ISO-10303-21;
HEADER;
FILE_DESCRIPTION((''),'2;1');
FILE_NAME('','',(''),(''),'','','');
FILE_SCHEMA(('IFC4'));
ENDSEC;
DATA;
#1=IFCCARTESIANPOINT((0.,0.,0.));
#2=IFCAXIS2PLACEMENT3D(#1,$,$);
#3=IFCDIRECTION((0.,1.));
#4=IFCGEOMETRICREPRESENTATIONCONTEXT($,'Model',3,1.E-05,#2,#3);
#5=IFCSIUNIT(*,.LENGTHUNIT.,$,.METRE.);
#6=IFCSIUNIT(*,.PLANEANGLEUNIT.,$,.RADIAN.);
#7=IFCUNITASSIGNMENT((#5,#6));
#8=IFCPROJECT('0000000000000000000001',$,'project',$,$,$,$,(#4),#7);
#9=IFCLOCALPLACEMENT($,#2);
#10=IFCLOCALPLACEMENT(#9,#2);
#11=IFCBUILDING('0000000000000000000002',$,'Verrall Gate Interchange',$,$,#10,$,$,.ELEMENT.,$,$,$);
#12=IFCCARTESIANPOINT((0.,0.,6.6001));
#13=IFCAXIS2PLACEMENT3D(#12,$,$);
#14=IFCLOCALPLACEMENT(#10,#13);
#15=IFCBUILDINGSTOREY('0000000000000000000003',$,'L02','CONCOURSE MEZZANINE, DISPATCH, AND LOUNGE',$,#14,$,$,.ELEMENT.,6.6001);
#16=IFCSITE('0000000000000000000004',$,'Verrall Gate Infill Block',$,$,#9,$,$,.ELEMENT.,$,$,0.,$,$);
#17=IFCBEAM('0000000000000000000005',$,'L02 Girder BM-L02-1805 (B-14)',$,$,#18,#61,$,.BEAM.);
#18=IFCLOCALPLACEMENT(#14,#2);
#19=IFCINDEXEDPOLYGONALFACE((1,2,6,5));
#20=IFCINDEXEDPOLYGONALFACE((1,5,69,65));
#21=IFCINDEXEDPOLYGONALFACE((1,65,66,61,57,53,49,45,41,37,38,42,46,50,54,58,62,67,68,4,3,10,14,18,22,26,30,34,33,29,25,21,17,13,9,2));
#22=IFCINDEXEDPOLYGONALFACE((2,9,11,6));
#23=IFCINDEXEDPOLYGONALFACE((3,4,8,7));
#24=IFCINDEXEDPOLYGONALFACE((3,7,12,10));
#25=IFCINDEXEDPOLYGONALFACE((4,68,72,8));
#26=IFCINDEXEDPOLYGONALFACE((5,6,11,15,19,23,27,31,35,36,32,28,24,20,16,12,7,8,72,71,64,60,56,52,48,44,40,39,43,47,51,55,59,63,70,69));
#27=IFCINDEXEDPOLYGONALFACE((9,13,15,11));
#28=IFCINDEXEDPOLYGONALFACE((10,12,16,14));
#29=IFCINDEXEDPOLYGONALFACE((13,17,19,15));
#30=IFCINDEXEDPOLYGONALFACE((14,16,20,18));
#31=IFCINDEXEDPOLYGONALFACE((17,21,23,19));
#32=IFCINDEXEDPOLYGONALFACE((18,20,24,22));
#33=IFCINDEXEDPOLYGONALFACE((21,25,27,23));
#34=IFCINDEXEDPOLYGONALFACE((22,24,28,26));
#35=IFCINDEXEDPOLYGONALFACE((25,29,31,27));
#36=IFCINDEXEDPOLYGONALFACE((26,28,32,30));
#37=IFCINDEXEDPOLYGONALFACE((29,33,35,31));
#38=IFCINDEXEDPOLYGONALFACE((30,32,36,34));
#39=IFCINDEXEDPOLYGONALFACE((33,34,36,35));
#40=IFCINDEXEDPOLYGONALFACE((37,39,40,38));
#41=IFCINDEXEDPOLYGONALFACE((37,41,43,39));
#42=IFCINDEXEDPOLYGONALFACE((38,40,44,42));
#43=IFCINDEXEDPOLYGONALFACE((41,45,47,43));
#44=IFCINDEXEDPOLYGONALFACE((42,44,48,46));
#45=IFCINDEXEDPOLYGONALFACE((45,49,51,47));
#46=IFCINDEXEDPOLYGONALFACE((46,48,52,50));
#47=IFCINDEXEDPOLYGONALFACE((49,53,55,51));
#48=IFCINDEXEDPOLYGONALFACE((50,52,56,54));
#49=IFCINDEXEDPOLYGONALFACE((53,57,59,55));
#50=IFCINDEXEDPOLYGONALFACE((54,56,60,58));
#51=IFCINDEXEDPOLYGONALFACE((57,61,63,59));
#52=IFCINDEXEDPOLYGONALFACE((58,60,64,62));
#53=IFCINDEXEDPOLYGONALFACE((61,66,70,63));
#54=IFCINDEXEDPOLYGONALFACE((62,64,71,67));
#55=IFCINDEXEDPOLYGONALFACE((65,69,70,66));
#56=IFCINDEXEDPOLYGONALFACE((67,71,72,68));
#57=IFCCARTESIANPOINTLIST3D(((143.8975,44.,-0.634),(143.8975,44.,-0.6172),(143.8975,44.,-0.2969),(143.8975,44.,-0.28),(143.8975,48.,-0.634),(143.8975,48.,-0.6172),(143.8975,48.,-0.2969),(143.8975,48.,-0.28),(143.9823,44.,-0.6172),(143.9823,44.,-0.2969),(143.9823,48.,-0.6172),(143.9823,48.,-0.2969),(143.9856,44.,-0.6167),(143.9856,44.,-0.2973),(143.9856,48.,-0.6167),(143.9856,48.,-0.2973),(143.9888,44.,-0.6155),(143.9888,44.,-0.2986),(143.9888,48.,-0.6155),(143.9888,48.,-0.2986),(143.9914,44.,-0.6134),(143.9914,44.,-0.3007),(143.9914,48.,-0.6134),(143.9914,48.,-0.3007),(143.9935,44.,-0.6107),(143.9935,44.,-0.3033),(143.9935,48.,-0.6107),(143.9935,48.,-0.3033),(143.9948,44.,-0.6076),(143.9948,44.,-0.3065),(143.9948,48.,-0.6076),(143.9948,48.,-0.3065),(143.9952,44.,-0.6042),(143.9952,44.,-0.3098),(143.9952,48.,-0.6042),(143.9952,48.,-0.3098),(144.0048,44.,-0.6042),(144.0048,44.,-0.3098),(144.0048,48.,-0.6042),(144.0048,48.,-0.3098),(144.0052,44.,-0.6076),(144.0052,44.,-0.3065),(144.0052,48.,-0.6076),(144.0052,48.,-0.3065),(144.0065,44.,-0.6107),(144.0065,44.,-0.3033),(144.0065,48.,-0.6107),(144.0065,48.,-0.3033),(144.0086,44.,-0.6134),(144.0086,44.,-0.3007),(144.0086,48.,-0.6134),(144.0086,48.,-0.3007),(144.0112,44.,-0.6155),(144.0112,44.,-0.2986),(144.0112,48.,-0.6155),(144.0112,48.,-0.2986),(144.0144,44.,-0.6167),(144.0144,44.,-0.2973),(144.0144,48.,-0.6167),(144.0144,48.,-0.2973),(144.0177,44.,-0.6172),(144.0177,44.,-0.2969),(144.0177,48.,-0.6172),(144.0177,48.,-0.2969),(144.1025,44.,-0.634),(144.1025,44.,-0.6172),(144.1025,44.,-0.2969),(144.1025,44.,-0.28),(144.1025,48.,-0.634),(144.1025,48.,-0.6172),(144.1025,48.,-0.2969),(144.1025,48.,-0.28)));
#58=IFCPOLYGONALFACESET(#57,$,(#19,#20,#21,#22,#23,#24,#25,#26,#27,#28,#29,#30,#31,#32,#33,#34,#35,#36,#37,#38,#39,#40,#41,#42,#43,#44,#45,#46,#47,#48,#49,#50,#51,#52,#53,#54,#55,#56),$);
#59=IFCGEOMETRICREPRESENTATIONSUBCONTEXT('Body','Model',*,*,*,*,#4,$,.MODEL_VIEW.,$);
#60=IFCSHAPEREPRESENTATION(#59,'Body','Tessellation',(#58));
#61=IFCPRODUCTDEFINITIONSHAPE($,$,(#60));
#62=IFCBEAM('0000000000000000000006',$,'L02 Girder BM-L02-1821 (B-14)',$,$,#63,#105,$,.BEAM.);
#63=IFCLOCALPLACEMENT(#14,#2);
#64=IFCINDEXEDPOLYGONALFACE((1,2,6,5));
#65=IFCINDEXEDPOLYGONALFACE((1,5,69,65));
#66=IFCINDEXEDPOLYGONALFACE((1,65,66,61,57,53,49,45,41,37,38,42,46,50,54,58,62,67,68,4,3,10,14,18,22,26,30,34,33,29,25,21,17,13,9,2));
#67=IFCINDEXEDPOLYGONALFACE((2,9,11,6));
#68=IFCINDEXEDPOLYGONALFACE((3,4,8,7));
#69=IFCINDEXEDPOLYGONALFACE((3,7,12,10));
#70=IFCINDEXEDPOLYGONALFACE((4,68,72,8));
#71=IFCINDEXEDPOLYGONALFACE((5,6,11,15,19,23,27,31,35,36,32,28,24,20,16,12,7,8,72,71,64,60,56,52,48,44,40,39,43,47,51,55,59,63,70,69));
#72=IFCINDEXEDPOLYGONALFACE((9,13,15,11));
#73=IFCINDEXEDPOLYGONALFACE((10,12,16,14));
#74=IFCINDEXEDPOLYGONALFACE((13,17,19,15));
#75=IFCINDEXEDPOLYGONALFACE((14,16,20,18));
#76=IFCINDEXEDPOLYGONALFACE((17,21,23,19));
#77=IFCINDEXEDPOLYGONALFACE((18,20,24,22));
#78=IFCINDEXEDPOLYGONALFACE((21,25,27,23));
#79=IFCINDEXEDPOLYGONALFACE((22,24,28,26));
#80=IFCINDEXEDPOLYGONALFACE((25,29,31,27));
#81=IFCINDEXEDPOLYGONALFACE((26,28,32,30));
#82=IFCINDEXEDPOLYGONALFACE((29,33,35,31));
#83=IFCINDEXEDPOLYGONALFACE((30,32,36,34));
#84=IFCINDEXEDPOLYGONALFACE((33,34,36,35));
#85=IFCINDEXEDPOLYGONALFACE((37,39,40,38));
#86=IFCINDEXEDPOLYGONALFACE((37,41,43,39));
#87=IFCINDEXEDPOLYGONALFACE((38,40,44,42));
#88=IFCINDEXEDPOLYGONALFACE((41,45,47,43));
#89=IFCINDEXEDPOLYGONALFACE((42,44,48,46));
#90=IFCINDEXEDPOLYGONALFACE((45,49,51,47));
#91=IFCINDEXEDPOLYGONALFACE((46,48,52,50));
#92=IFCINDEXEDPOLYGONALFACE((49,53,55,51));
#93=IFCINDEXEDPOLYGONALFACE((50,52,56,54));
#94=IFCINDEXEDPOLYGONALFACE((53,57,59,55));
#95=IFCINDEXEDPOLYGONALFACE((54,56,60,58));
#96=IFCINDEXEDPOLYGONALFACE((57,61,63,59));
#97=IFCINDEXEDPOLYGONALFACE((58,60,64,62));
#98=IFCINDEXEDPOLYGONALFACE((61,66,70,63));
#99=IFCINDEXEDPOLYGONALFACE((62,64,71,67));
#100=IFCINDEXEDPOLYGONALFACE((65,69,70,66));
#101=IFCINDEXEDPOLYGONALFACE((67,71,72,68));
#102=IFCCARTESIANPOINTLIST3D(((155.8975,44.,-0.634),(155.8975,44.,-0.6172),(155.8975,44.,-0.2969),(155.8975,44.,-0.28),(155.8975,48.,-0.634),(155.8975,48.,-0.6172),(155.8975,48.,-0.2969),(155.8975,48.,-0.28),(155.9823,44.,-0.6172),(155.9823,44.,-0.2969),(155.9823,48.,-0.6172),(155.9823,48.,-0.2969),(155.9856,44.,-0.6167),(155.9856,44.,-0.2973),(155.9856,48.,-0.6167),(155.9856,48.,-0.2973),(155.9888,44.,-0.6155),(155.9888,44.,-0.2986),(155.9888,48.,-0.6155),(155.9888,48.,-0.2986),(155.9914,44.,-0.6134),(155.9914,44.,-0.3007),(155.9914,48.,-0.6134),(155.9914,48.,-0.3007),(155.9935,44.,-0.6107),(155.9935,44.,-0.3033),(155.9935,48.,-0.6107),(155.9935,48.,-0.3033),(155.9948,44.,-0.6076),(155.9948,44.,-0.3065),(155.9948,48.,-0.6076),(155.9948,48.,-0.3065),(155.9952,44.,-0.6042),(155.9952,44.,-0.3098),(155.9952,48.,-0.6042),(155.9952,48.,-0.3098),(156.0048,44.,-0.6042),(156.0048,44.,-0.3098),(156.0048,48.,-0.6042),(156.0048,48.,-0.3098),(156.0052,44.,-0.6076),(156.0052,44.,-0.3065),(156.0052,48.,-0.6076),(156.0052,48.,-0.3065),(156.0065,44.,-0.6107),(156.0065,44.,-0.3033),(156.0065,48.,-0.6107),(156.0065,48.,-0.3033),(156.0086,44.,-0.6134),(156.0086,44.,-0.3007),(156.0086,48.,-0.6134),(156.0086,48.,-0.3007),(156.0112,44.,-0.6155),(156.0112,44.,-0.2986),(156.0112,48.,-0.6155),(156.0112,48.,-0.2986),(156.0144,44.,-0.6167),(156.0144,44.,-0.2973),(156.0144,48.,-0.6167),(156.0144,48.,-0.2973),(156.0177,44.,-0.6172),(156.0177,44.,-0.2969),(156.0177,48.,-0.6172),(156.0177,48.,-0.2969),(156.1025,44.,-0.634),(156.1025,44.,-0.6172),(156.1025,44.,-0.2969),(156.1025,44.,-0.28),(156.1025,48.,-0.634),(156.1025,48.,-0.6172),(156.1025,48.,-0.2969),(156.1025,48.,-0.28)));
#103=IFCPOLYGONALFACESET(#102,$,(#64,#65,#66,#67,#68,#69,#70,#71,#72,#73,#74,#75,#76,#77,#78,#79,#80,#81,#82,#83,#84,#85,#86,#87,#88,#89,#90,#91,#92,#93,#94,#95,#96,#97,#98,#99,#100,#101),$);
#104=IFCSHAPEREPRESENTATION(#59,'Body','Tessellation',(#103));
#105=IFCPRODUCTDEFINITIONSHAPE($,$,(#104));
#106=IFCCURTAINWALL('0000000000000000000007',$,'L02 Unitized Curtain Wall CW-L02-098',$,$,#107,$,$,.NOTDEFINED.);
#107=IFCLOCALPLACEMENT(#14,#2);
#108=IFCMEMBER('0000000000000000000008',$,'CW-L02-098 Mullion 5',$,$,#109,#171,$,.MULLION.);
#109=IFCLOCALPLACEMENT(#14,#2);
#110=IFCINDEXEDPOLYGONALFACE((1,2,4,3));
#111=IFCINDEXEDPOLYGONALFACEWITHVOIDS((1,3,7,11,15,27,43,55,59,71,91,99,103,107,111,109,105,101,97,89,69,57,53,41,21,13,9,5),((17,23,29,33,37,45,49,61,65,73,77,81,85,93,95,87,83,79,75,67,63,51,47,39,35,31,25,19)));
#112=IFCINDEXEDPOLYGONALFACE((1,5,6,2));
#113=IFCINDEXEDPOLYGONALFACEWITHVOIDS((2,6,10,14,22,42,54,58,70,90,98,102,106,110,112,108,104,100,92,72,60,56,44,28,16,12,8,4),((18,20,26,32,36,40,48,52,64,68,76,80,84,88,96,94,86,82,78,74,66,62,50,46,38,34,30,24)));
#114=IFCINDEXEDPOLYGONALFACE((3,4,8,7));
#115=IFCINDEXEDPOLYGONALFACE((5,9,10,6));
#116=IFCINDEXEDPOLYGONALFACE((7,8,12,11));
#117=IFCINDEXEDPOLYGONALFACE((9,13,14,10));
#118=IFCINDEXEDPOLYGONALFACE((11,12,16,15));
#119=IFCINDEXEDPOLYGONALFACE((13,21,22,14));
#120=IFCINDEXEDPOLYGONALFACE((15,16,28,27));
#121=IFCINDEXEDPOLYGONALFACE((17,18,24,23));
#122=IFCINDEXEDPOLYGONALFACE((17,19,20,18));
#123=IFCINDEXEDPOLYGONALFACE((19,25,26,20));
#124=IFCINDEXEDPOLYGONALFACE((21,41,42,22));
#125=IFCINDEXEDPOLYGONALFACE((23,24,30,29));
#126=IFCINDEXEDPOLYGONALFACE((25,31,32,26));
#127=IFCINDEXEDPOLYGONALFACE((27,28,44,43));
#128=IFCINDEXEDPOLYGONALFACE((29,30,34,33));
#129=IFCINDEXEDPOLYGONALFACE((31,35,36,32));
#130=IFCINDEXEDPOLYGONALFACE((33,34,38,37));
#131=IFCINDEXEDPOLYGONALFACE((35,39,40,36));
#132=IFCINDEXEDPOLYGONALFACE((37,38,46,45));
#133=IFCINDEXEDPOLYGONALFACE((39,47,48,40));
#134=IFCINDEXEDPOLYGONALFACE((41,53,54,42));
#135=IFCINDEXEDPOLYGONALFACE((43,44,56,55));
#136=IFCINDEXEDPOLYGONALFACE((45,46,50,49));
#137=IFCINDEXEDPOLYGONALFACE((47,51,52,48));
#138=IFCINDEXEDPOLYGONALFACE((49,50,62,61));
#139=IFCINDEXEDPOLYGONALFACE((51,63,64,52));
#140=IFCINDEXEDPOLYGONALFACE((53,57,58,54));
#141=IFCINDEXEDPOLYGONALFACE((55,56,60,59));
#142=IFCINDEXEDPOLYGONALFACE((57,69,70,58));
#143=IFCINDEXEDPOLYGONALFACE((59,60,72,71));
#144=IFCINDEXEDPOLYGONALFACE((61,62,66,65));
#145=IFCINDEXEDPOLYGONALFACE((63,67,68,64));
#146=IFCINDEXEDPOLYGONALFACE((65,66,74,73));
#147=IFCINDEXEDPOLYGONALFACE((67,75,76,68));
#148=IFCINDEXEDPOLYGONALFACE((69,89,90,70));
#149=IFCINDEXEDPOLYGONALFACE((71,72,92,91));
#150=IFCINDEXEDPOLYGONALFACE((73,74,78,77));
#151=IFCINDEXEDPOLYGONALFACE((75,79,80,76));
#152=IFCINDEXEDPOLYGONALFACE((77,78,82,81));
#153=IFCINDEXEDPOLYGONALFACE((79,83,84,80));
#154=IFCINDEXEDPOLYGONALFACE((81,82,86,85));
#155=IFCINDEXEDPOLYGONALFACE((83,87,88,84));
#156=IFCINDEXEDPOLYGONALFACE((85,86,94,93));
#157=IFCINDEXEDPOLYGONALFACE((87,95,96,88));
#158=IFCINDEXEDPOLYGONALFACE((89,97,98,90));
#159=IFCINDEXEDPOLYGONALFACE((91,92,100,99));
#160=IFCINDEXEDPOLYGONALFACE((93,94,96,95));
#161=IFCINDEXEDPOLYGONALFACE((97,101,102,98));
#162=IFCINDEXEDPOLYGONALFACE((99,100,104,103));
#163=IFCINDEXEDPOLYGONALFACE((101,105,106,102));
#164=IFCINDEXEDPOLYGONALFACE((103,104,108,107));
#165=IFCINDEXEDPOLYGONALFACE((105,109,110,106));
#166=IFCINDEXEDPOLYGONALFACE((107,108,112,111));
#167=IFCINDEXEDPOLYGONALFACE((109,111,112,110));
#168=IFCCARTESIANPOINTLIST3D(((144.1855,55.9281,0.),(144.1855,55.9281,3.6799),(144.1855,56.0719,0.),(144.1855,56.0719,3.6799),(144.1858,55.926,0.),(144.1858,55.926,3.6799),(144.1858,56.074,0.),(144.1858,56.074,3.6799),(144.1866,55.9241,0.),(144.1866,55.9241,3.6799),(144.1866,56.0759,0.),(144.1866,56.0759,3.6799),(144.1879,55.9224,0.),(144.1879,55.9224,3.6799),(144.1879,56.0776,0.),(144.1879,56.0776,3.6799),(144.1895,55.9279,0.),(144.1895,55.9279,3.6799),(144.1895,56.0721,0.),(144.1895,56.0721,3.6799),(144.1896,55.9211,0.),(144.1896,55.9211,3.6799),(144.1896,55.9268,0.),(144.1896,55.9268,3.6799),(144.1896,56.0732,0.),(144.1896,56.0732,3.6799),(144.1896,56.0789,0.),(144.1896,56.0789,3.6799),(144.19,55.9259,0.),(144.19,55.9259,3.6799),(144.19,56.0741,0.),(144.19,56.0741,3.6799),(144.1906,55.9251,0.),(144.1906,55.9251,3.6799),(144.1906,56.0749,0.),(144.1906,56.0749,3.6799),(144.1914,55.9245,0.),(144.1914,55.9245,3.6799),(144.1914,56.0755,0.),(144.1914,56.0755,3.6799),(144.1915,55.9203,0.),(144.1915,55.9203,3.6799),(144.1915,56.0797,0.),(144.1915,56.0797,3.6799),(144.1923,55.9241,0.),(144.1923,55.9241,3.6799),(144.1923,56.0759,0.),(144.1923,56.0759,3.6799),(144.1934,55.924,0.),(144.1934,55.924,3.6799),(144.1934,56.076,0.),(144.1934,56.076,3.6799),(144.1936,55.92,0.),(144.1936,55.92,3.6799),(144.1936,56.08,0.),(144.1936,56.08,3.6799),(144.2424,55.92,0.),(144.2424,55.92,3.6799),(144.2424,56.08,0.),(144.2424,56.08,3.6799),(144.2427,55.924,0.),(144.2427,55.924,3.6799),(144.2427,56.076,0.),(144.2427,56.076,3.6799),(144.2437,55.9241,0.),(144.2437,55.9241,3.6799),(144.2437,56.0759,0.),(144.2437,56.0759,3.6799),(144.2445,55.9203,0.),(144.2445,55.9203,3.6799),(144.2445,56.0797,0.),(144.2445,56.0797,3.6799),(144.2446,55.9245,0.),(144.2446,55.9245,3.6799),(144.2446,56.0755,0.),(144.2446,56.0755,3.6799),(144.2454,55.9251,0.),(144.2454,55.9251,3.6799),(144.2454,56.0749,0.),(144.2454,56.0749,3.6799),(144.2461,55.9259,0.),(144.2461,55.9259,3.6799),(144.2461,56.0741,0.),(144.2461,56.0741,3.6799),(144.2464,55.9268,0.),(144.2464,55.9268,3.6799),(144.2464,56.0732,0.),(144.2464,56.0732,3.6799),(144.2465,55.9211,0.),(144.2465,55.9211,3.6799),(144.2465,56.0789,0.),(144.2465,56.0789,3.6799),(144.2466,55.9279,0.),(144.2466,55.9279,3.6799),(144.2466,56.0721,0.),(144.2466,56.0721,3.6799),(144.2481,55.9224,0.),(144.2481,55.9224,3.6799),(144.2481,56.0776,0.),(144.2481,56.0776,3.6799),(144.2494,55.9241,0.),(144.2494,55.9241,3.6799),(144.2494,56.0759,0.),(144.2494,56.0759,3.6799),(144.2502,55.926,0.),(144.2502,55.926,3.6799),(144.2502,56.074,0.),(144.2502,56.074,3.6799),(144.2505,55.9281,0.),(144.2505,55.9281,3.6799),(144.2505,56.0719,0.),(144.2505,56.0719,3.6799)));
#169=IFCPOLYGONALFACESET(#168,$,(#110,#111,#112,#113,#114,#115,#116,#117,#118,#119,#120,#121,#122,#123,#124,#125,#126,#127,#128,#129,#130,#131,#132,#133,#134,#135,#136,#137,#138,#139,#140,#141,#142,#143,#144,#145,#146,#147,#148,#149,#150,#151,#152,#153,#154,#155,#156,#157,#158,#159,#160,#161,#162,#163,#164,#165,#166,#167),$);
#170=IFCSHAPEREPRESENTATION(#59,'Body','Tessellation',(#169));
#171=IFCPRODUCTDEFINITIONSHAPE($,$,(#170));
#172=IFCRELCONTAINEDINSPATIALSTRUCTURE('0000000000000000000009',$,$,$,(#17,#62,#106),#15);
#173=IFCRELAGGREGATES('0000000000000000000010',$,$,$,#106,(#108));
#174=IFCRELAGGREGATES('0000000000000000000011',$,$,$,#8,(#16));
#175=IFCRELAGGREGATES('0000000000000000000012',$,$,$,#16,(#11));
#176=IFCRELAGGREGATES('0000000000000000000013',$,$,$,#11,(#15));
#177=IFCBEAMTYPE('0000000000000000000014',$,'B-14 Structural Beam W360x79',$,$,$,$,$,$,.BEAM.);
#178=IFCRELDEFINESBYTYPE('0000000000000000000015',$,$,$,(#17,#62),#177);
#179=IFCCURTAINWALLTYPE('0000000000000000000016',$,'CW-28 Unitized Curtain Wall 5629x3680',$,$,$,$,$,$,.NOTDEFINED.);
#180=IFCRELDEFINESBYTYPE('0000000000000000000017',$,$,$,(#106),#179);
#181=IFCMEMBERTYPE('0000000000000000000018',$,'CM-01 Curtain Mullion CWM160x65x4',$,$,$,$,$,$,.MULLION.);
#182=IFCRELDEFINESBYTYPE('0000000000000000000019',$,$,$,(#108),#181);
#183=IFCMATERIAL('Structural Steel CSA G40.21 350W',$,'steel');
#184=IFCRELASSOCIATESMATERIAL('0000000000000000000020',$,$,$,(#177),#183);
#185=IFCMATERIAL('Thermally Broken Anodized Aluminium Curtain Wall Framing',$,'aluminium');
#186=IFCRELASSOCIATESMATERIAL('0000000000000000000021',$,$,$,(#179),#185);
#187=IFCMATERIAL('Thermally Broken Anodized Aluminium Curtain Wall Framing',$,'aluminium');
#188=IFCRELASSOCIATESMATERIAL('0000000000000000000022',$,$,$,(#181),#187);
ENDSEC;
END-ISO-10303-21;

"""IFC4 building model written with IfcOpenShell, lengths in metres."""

from ifc_helpers import new_model, si_unit, direction, frame, origin, origin_2d, place, context, subcontext, project, spatial, hollow_rectangle, i_section, extrude, material, material_profile, profile_set, type_object, element, aggregate, save


model = new_model("IFC4")

# Units and contexts
model_context = context("Model", 3, precision=1e-05, world=origin(), true_north=direction((0.0, 1.0)))
body_context = subcontext(model_context, "Body", "Model", "MODEL_VIEW")
ifc_project = project(units=[si_unit("LENGTHUNIT", "METRE"), si_unit("PLANEANGLEUNIT", "RADIAN")], contexts=[model_context])

# Site, building, storey
site_placement = place(None, origin())
site = spatial("IfcSite", under=ifc_project, at=site_placement, Name="Verrall Gate Infill Block", CompositionType="ELEMENT", RefElevation=0.0)
building_placement = place(site_placement, origin())
building = spatial("IfcBuilding", under=site, at=building_placement, Name="Verrall Gate Interchange", CompositionType="ELEMENT")
storey_placement = place(building_placement, frame((0.0, 0.0, 6.6001)))
storey = spatial("IfcBuildingStorey", under=building, at=storey_placement, Name="L02", Description="CONCOURSE MEZZANINE, DISPATCH, AND LOUNGE", CompositionType="ELEMENT", Elevation=6.6001)

# Beams
ifc_material_1 = material(Name="Structural Steel CSA G40.21 350W", Category="steel")
ifc_material_profile_1 = material_profile(ifc_material_1, i_section(OverallWidth=0.2051, OverallDepth=0.354, WebThickness=0.0095, FlangeThickness=0.0168, FilletRadius=0.0129, at=origin_2d()), Name="W360x79")
ifc_profile_set_1 = profile_set([ifc_material_profile_1], Name="Structural Steel CSA G40.21 350W")
beam_type_1 = type_object("IfcBeamType", Name="B-14 Structural Beam W360x79", PredefinedType="BEAM", material=ifc_profile_set_1)
for number, where, z_axis, x_axis, name in (
    (1, (144.0, 44.0, -0.457), (0.0, 1.0, 0.0), (-1.0, 0.0, 0.0), "L02 Girder BM-L02-1805 (B-14)"),
    (2, (156.0, 44.0, -0.457), (0.0, 1.0, 0.0), (-1.0, 0.0, 0.0), "L02 Girder BM-L02-1821 (B-14)"),
):
    element("IfcBeam", number, at=place(storey_placement, frame(where, z_axis=z_axis, x_axis=x_axis)), inside=storey, type_object=beam_type_1, Name=name, PredefinedType="BEAM", context=body_context, shape_type="SweptSolid", body=[
        extrude(i_section(OverallWidth=0.2051, OverallDepth=0.354, WebThickness=0.0095, FlangeThickness=0.0168, FilletRadius=0.0129, at=origin_2d()), origin(), (0.0, 0.0, 1.0), 4.0),
    ])

# Curtain wall, member
ifc_material_2 = material(Name="Thermally Broken Anodized Aluminium Curtain Wall Framing", Category="aluminium")
curtain_wall_type = type_object("IfcCurtainWallType", Name="CW-28 Unitized Curtain Wall 5629x3680", PredefinedType="NOTDEFINED", material=ifc_material_2)
curtain_wall_1_placement = place(storey_placement, origin())
curtain_wall_1 = element("IfcCurtainWall", 3, at=curtain_wall_1_placement, inside=storey, type_object=curtain_wall_type, Name="L02 Unitized Curtain Wall CW-L02-098", PredefinedType="NOTDEFINED")
ifc_material_3 = material(Name="Thermally Broken Anodized Aluminium Curtain Wall Framing", Category="aluminium")
ifc_material_profile_2 = material_profile(ifc_material_3, hollow_rectangle(XDim=0.0649, YDim=0.1599, WallThickness=0.0039, InnerFilletRadius=0.0039, OuterFilletRadius=0.0081, at=origin_2d()), Name="CWM160x65x4")
ifc_profile_set_2 = profile_set([ifc_material_profile_2], Name="Thermally Broken Anodized Aluminium Curtain Wall Framing")
member_type_1 = type_object("IfcMemberType", Name="CM-01 Curtain Mullion CWM160x65x4", PredefinedType="MULLION", material=ifc_profile_set_2)
member_1_placement = place(storey_placement, frame((144.218, 56.0, 0.0), z_axis=(0.0, 0.0, 1.0), x_axis=(-1.0, 0.0, 0.0)))
member_1 = element("IfcMember", 4, at=member_1_placement, type_object=member_type_1, Name="CW-L02-098 Mullion 5", PredefinedType="MULLION", context=body_context, shape_type="SweptSolid", body=[
    extrude(hollow_rectangle(XDim=0.0649, YDim=0.1599, WallThickness=0.0039, InnerFilletRadius=0.0039, OuterFilletRadius=0.0081, at=origin_2d()), origin(), (0.0, 0.0, 1.0), 3.6799),
])

aggregate(curtain_wall_1, [member_1])

save(model, "model.ifc")
